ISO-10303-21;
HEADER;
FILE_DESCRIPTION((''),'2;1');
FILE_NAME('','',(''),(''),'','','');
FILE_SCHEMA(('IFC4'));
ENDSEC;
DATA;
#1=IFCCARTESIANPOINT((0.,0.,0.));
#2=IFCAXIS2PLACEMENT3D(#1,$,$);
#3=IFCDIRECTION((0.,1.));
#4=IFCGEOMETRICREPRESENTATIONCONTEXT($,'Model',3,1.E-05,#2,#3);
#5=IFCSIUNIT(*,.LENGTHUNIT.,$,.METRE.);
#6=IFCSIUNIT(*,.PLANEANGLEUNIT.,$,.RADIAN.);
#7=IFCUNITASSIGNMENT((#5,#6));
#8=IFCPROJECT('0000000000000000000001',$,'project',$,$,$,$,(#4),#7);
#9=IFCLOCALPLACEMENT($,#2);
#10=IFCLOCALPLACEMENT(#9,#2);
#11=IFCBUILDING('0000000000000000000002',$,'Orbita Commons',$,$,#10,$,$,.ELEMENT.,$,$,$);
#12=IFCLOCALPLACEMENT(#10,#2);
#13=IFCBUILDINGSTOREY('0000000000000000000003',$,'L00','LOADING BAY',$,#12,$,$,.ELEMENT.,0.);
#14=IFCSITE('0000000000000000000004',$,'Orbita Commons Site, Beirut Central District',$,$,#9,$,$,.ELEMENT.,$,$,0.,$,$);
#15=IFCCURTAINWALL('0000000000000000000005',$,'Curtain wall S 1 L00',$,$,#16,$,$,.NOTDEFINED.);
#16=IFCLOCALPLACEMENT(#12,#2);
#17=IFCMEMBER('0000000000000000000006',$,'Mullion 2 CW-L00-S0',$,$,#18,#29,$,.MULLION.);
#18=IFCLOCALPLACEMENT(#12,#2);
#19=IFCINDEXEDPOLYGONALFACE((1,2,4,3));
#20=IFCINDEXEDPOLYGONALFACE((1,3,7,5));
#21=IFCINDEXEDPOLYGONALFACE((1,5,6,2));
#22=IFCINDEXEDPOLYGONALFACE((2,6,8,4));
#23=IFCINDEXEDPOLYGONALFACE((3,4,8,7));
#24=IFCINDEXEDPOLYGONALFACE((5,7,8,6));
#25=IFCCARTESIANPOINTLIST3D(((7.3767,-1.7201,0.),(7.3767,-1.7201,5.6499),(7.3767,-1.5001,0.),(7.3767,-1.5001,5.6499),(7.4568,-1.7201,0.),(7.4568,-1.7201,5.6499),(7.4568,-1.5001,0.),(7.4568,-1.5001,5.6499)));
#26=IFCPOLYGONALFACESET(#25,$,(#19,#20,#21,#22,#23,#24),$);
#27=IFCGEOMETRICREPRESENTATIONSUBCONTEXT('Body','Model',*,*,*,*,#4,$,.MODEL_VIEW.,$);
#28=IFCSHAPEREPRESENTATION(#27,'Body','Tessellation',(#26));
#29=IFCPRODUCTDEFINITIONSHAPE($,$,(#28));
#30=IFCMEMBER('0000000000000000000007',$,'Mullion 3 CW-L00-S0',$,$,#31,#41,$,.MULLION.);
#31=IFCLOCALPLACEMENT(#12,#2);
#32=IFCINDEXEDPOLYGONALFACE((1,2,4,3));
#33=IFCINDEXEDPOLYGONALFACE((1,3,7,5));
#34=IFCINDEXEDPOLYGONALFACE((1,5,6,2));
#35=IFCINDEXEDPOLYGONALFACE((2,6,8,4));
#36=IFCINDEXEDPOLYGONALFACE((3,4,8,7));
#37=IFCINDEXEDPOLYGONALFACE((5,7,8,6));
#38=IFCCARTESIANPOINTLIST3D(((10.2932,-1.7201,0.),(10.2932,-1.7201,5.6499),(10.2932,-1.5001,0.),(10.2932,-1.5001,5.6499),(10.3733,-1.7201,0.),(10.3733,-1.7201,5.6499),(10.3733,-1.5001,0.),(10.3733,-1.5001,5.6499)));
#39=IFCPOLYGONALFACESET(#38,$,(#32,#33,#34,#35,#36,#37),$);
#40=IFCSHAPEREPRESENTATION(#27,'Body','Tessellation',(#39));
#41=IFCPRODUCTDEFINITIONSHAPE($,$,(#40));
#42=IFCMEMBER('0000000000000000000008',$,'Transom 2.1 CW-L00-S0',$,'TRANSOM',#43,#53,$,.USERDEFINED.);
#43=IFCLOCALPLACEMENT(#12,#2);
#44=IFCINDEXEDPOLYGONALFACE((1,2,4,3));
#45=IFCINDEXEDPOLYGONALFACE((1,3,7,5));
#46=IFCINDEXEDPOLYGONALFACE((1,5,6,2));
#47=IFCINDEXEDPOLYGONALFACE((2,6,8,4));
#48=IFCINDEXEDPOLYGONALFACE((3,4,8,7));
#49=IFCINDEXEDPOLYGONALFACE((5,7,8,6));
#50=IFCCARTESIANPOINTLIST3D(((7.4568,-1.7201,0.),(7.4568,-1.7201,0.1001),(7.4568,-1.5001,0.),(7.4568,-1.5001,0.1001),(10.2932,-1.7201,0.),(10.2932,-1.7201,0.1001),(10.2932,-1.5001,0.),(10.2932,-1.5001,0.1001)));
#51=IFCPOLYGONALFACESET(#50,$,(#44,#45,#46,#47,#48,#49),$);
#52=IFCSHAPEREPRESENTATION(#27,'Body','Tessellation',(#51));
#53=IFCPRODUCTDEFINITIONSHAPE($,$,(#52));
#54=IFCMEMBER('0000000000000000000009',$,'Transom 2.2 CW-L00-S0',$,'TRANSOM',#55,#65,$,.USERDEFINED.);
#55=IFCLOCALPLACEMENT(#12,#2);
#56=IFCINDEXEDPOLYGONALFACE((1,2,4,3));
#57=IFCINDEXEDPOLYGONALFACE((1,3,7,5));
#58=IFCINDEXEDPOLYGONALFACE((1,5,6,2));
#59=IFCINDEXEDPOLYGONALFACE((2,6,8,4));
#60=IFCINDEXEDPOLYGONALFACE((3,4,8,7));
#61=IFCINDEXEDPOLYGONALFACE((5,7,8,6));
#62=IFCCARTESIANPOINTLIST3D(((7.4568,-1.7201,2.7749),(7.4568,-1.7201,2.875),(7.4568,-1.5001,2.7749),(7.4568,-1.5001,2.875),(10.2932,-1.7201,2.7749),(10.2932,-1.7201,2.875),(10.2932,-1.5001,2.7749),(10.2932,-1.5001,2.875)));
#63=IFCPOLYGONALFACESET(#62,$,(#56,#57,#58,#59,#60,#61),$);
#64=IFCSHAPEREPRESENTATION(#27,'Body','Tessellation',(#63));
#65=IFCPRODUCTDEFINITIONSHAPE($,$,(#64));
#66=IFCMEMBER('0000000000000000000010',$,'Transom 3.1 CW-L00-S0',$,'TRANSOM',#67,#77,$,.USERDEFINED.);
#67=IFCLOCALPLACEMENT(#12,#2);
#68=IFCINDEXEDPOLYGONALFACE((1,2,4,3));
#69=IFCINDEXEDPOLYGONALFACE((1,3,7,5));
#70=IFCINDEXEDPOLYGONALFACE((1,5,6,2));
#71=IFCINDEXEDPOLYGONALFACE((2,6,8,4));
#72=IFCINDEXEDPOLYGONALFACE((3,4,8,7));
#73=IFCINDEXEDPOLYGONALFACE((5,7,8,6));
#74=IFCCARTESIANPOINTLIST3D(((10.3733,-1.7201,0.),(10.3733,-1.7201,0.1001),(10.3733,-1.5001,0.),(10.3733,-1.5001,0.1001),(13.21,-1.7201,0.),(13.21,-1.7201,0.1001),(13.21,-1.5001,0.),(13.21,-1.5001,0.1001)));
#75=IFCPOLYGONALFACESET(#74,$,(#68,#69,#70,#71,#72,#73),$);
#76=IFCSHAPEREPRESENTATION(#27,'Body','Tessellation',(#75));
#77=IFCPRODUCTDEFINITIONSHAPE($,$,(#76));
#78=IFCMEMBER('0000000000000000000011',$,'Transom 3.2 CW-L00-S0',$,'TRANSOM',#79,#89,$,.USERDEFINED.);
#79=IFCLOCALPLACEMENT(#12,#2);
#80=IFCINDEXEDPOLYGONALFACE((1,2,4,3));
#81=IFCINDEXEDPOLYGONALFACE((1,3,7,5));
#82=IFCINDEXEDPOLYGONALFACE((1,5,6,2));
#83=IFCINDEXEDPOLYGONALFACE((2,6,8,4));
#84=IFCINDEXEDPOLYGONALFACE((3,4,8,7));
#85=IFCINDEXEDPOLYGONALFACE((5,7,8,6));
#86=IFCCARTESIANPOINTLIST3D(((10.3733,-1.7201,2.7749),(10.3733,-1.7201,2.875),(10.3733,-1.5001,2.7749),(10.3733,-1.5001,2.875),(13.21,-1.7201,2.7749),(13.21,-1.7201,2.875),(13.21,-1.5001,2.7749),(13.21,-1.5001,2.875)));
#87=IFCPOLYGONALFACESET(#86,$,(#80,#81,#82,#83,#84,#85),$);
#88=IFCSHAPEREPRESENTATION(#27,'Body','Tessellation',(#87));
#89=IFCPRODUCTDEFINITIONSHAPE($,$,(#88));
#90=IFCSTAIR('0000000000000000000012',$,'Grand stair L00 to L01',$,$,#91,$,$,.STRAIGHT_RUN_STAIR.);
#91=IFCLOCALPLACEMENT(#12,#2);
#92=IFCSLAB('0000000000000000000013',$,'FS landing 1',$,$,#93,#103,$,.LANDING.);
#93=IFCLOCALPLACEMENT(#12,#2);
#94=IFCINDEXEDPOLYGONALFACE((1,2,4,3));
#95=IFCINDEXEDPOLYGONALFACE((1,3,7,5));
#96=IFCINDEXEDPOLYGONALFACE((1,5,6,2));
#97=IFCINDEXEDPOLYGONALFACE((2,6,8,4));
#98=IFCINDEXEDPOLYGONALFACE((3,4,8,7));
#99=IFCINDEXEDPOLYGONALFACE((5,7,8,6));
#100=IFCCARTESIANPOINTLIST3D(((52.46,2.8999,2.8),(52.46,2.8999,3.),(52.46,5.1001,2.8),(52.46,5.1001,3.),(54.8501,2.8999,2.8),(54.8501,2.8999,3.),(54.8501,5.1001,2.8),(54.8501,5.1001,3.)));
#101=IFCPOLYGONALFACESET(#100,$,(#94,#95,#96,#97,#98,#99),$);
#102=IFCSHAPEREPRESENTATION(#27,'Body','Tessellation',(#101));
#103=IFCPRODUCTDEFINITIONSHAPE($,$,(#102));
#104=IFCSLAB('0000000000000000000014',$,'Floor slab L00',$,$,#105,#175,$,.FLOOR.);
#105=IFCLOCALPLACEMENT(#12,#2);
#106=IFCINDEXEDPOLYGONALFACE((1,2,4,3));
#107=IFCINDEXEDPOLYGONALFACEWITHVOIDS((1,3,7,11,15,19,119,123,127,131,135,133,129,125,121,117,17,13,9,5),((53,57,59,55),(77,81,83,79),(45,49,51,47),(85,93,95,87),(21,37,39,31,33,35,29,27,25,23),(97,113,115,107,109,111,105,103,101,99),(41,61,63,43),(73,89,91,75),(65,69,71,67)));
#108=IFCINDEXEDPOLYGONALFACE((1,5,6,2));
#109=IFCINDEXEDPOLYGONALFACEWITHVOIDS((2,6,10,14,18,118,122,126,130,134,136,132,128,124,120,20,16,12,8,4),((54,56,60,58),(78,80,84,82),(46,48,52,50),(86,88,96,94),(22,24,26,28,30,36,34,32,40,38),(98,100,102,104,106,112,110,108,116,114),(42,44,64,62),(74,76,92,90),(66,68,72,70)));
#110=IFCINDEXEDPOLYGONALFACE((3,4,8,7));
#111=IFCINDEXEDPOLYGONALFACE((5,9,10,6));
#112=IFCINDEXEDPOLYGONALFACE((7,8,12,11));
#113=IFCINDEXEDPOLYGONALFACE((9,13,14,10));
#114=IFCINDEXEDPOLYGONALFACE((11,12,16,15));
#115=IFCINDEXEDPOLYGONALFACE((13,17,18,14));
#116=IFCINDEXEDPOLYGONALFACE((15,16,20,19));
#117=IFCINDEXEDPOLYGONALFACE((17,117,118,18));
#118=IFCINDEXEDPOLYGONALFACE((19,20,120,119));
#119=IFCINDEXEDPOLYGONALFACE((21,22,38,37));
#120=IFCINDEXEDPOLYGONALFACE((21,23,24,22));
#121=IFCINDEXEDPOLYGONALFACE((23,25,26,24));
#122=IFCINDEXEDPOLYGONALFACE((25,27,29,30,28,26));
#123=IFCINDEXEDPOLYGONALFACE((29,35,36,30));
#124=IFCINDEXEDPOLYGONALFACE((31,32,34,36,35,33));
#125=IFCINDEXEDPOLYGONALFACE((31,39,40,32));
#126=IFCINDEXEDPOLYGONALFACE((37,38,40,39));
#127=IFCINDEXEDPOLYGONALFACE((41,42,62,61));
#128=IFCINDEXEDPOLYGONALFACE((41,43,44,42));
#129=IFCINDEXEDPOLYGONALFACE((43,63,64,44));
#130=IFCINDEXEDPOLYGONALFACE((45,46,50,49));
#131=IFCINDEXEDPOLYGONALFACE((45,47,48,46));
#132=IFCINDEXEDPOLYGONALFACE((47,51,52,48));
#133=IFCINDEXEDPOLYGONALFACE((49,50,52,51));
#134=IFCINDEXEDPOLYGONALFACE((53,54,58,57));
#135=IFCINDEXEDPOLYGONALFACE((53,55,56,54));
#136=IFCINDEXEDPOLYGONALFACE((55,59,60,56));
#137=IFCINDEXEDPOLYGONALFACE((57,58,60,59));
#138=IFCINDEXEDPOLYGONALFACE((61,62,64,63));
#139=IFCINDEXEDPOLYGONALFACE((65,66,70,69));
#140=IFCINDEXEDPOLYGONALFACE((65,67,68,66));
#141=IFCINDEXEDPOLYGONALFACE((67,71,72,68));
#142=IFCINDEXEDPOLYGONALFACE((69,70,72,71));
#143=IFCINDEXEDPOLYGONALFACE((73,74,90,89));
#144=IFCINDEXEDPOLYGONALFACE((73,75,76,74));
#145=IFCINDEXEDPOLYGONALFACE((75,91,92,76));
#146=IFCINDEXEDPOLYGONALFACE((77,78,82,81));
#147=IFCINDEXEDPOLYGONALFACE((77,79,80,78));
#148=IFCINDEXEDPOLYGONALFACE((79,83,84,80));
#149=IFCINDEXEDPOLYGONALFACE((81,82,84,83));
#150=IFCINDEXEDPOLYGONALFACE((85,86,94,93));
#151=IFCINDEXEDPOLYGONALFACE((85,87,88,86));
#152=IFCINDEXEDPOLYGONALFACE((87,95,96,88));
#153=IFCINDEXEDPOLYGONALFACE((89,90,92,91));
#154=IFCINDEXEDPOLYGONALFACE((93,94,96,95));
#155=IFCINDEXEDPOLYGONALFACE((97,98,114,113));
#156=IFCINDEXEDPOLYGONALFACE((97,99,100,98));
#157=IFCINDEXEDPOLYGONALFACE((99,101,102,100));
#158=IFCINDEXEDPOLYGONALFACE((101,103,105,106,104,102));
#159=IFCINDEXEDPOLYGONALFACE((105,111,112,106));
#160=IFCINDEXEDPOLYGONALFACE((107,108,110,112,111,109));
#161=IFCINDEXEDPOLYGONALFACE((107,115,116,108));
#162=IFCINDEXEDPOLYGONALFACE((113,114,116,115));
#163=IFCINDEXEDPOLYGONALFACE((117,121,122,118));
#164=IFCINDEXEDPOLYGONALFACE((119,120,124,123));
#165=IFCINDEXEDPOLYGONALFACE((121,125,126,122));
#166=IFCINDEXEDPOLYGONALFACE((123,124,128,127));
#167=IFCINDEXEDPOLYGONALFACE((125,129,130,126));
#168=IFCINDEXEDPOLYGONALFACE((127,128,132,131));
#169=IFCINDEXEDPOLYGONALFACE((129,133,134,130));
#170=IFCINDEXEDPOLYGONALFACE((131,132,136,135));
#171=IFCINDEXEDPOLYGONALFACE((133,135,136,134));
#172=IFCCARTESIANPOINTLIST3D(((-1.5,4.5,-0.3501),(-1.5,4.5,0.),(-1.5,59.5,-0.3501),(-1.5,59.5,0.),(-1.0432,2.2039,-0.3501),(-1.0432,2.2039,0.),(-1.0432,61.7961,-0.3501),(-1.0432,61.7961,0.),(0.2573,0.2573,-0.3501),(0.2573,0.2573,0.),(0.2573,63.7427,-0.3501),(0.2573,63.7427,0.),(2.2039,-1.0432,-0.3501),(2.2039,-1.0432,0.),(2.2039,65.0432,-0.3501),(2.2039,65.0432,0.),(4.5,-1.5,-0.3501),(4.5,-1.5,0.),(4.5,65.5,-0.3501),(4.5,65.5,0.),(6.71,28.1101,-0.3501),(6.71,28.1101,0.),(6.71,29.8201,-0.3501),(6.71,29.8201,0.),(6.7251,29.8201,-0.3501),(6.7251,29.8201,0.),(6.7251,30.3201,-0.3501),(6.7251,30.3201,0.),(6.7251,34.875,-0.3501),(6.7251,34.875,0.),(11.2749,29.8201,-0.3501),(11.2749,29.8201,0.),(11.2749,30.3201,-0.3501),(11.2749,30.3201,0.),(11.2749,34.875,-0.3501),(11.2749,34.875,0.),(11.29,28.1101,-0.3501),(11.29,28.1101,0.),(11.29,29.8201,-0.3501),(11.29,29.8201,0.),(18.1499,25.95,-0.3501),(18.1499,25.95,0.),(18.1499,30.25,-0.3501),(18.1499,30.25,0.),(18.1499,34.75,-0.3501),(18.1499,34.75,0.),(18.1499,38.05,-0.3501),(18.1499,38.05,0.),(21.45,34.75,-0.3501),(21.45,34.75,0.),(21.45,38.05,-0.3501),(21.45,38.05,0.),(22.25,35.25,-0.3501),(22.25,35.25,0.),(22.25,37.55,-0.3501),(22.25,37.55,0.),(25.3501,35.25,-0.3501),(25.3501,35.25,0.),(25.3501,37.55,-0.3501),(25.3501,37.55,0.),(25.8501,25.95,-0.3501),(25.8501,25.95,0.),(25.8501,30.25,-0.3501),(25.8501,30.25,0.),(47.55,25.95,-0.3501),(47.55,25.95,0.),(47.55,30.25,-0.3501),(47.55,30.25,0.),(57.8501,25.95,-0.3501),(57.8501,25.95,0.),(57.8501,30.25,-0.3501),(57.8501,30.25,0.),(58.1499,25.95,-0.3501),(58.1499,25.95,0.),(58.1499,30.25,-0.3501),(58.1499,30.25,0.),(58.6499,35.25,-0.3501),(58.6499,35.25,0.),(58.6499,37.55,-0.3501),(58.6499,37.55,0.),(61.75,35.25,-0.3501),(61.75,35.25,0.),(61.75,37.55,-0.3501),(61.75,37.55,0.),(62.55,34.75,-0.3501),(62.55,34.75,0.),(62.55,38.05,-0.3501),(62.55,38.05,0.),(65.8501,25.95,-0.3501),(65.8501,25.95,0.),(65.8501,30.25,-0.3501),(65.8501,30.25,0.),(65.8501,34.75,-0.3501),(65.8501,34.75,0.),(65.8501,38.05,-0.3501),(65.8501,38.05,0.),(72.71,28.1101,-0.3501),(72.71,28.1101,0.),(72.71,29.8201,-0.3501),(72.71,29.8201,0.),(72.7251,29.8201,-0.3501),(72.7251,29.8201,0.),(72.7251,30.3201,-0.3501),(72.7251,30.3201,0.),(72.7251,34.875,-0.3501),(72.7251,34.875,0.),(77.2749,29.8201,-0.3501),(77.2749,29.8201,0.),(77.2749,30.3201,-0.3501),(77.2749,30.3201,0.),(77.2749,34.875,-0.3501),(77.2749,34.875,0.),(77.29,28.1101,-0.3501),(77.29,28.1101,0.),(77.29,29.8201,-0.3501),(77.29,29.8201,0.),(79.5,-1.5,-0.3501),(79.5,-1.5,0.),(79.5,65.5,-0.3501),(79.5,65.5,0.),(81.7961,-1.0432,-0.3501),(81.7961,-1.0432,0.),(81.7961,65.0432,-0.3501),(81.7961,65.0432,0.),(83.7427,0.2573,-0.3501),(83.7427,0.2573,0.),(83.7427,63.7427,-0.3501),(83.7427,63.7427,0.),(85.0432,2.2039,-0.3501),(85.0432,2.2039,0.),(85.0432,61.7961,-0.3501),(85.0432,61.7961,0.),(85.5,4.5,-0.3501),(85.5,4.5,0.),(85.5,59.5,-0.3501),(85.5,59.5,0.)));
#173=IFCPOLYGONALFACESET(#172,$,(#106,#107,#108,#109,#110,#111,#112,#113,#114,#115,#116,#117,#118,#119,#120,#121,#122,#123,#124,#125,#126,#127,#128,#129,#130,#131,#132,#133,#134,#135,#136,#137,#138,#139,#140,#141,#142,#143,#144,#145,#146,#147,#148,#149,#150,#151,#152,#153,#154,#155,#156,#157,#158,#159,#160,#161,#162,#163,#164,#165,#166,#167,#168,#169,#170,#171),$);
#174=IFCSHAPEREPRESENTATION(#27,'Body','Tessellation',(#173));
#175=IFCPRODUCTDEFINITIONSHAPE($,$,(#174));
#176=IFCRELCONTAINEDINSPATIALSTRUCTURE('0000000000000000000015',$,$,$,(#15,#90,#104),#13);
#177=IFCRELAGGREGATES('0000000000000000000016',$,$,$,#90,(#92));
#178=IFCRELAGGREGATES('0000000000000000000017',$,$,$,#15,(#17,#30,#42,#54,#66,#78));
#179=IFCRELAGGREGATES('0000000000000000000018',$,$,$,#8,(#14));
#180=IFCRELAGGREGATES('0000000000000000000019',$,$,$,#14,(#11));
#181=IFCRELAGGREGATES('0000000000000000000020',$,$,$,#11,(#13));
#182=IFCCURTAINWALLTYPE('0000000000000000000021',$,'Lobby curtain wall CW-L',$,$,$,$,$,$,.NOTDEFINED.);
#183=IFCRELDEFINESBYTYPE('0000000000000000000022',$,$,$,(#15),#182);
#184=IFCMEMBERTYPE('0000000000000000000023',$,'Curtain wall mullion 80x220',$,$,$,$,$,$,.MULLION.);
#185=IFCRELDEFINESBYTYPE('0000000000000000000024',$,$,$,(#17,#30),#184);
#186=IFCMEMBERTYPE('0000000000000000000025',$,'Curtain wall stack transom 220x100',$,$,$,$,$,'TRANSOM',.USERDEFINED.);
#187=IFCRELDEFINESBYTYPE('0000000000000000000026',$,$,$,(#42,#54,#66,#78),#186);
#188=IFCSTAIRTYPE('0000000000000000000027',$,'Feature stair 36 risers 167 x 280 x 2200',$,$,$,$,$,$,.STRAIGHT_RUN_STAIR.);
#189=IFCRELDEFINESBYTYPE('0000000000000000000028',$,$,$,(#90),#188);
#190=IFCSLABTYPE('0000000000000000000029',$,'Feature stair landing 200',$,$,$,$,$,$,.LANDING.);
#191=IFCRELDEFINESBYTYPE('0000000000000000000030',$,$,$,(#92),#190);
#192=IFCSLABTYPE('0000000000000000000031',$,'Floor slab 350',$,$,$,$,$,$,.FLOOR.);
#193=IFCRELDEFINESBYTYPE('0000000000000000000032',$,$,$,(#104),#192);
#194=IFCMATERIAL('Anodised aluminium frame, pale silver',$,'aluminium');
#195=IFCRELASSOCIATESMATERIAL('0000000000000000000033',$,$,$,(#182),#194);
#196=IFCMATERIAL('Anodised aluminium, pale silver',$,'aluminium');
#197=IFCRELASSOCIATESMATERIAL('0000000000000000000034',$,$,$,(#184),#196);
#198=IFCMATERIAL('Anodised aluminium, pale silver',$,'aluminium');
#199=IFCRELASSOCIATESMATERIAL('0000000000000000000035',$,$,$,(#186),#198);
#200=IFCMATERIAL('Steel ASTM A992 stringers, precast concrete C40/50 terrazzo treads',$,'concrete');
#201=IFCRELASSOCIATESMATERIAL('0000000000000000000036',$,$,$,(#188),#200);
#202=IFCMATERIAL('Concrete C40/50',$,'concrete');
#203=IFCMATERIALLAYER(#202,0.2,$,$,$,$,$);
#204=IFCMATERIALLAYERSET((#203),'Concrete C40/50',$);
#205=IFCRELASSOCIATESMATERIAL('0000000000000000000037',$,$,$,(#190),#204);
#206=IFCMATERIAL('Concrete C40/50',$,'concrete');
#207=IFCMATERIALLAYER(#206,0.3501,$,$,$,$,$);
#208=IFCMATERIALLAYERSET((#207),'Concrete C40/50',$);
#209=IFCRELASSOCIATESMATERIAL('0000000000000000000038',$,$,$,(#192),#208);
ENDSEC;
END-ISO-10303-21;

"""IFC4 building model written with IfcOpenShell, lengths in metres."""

from ifc_helpers import new_model, si_unit, direction, frame, origin, origin_2d, place, context, subcontext, project, spatial, polyline, rectangle, outline, extrude, material, layer, layer_set, material_profile, profile_set, type_object, element, aggregate, save


model = new_model("IFC4")

# Units and contexts
model_context = context("Model", 3, precision=1e-05, world=origin(), true_north=direction((0.0, 1.0)))
body_context = subcontext(model_context, "Body", "Model", "MODEL_VIEW")
ifc_project = project(units=[si_unit("LENGTHUNIT", "METRE"), si_unit("PLANEANGLEUNIT", "RADIAN")], contexts=[model_context])

# Site, building, storey
site_placement = place(None, origin())
site = spatial("IfcSite", under=ifc_project, at=site_placement, Name="Orbita Commons Site, Beirut Central District", CompositionType="ELEMENT", RefElevation=0.0)
building_placement = place(site_placement, origin())
building = spatial("IfcBuilding", under=site, at=building_placement, Name="Orbita Commons", CompositionType="ELEMENT")
storey_placement = place(building_placement, origin())
storey = spatial("IfcBuildingStorey", under=building, at=storey_placement, Name="L00", Description="LOADING BAY", CompositionType="ELEMENT", Elevation=0.0)

# Curtain wall, members
ifc_material_1 = material(Name="Anodised aluminium frame, pale silver", Category="aluminium")
curtain_wall_type = type_object("IfcCurtainWallType", Name="Lobby curtain wall CW-L", PredefinedType="NOTDEFINED", material=ifc_material_1)
curtain_wall_placement = place(storey_placement, origin())
curtain_wall = element("IfcCurtainWall", 1, at=curtain_wall_placement, inside=storey, type_object=curtain_wall_type, Name="Curtain wall S 1 L00", PredefinedType="NOTDEFINED")
ifc_material_2 = material(Name="Anodised aluminium, pale silver", Category="aluminium")
ifc_material_profile_1 = material_profile(ifc_material_2, rectangle(XDim=0.0801, YDim=0.22, at=origin_2d()), Name="AL 80x220")
ifc_profile_set_1 = profile_set([ifc_material_profile_1], Name="Anodised aluminium, pale silver")
member_type_1 = type_object("IfcMemberType", Name="Curtain wall mullion 80x220", PredefinedType="MULLION", material=ifc_profile_set_1)
member_1_placement = place(storey_placement, frame((7.4167, -1.6101, 0.0), z_axis=(0.0, 0.0, 1.0), x_axis=(1.0, 0.0, 0.0)))
member_1 = element("IfcMember", 2, at=member_1_placement, type_object=member_type_1, Name="Mullion 2 CW-L00-S0", PredefinedType="MULLION", context=body_context, shape_type="SweptSolid", body=[
    extrude(rectangle(XDim=0.0801, YDim=0.22, at=origin_2d()), origin(), (0.0, 0.0, 1.0), 5.6499),
])
member_2_placement = place(storey_placement, frame((10.3333, -1.6101, 0.0), z_axis=(0.0, 0.0, 1.0), x_axis=(1.0, 0.0, 0.0)))
member_2 = element("IfcMember", 3, at=member_2_placement, type_object=member_type_1, Name="Mullion 3 CW-L00-S0", PredefinedType="MULLION", context=body_context, shape_type="SweptSolid", body=[
    extrude(rectangle(XDim=0.0801, YDim=0.22, at=origin_2d()), origin(), (0.0, 0.0, 1.0), 5.6499),
])
ifc_material_3 = material(Name="Anodised aluminium, pale silver", Category="aluminium")
ifc_material_profile_2 = material_profile(ifc_material_3, rectangle(XDim=0.22, YDim=0.1001, at=origin_2d()), Name="AL 220x100")
ifc_profile_set_2 = profile_set([ifc_material_profile_2], Name="Anodised aluminium, pale silver")
member_type_2 = type_object("IfcMemberType", Name="Curtain wall stack transom 220x100", ElementType="TRANSOM", PredefinedType="USERDEFINED", material=ifc_profile_set_2)
member_3_placement = place(storey_placement, frame((7.4568, -1.6101, 0.05), z_axis=(1.0, 0.0, 0.0), x_axis=(0.0, 1.0, 0.0)))
member_3 = element("IfcMember", 4, at=member_3_placement, type_object=member_type_2, Name="Transom 2.1 CW-L00-S0", ObjectType="TRANSOM", PredefinedType="USERDEFINED", context=body_context, shape_type="SweptSolid", body=[
    extrude(rectangle(XDim=0.22, YDim=0.1001, at=origin_2d()), origin(), (0.0, 0.0, 1.0), 2.8364),
])
member_4_placement = place(storey_placement, frame((7.4568, -1.6101, 2.825), z_axis=(1.0, 0.0, 0.0), x_axis=(0.0, 1.0, 0.0)))
member_4 = element("IfcMember", 5, at=member_4_placement, type_object=member_type_2, Name="Transom 2.2 CW-L00-S0", ObjectType="TRANSOM", PredefinedType="USERDEFINED", context=body_context, shape_type="SweptSolid", body=[
    extrude(rectangle(XDim=0.22, YDim=0.1001, at=origin_2d()), origin(), (0.0, 0.0, 1.0), 2.8364),
])
member_5_placement = place(storey_placement, frame((10.3733, -1.6101, 0.05), z_axis=(1.0, 0.0, 0.0), x_axis=(0.0, 1.0, 0.0)))
member_5 = element("IfcMember", 6, at=member_5_placement, type_object=member_type_2, Name="Transom 3.1 CW-L00-S0", ObjectType="TRANSOM", PredefinedType="USERDEFINED", context=body_context, shape_type="SweptSolid", body=[
    extrude(rectangle(XDim=0.22, YDim=0.1001, at=origin_2d()), origin(), (0.0, 0.0, 1.0), 2.8367),
])
member_6_placement = place(storey_placement, frame((10.3733, -1.6101, 2.825), z_axis=(1.0, 0.0, 0.0), x_axis=(0.0, 1.0, 0.0)))
member_6 = element("IfcMember", 7, at=member_6_placement, type_object=member_type_2, Name="Transom 3.2 CW-L00-S0", ObjectType="TRANSOM", PredefinedType="USERDEFINED", context=body_context, shape_type="SweptSolid", body=[
    extrude(rectangle(XDim=0.22, YDim=0.1001, at=origin_2d()), origin(), (0.0, 0.0, 1.0), 2.8367),
])

# Stair, slab
ifc_material_4 = material(Name="Steel ASTM A992 stringers, precast concrete C40/50 terrazzo treads", Category="concrete")
stair_type_1 = type_object("IfcStairType", Name="Feature stair 36 risers 167 x 280 x 2200", PredefinedType="STRAIGHT_RUN_STAIR", material=ifc_material_4)
stair_1_placement = place(storey_placement, origin())
stair_1 = element("IfcStair", 8, at=stair_1_placement, inside=storey, type_object=stair_type_1, Name="Grand stair L00 to L01", PredefinedType="STRAIGHT_RUN_STAIR")
ifc_material_5 = material(Name="Concrete C40/50", Category="concrete")
ifc_layer_1 = layer(ifc_material_5, 0.2)
ifc_layer_set_1 = layer_set([ifc_layer_1], Name="Concrete C40/50")
slab_type_1 = type_object("IfcSlabType", Name="Feature stair landing 200", PredefinedType="LANDING", material=ifc_layer_set_1)
slab_1_placement = place(storey_placement, frame((0.0, 0.0, 2.8)))
slab_1 = element("IfcSlab", 9, at=slab_1_placement, type_object=slab_type_1, Name="FS landing 1", PredefinedType="LANDING", context=body_context, shape_type="SweptSolid", body=[
    extrude(outline(polyline([(52.46, 2.8999), (54.8501, 2.8999), (54.8501, 5.1001), (52.46, 5.1001), (52.46, 2.8999)])), origin(), (0.0, 0.0, 1.0), 0.2),
])
aggregate(stair_1, [slab_1])

# Slab
ifc_material_6 = material(Name="Concrete C40/50", Category="concrete")
ifc_layer_2 = layer(ifc_material_6, 0.3501)
ifc_layer_set_2 = layer_set([ifc_layer_2], Name="Concrete C40/50")
slab_type_2 = type_object("IfcSlabType", Name="Floor slab 350", PredefinedType="FLOOR", material=ifc_layer_set_2)
slab_2_placement = place(storey_placement, frame((0.0, 0.0, -0.3501)))
element("IfcSlab", 10, at=slab_2_placement, inside=storey, type_object=slab_type_2, Name="Floor slab L00", PredefinedType="FLOOR", context=body_context, shape_type="SweptSolid", body=[
    extrude(outline(polyline([(79.5, -1.5), (81.7961, -1.0432), (83.7427, 0.2573), (85.0432, 2.2039), (85.5, 4.5), (85.5, 59.5), (85.0432, 61.7961), (83.7427, 63.7427), (81.7961, 65.0432), (79.5, 65.5), (4.5, 65.5), (2.2039, 65.0432), (0.2573, 63.7427), (-1.0432, 61.7961), (-1.5, 59.5), (-1.5, 4.5), (-1.0432, 2.2039), (0.2573, 0.2573), (2.2039, -1.0432), (4.5, -1.5), (79.5, -1.5)]), holes=[polyline([(18.1499, 25.95), (25.8501, 25.95), (25.8501, 30.25), (18.1499, 30.25), (18.1499, 25.95)]), polyline([(58.1499, 25.95), (65.8501, 25.95), (65.8501, 30.25), (58.1499, 30.25), (58.1499, 25.95)]), polyline([(18.1499, 34.75), (21.45, 34.75), (21.45, 38.05), (18.1499, 38.05), (18.1499, 34.75)]), polyline([(62.55, 34.75), (65.8501, 34.75), (65.8501, 38.05), (62.55, 38.05), (62.55, 34.75)]), polyline([(22.25, 35.25), (25.3501, 35.25), (25.3501, 37.55), (22.25, 37.55), (22.25, 35.25)]), polyline([(58.6499, 35.25), (61.75, 35.25), (61.75, 37.55), (58.6499, 37.55), (58.6499, 35.25)]), polyline([(47.55, 25.95), (57.8501, 25.95), (57.8501, 30.25), (47.55, 30.25), (47.55, 25.95)]), polyline([(11.29, 28.1101), (6.71, 28.1101), (6.71, 29.8201), (6.7251, 29.8201), (6.7251, 30.3201), (6.7251, 34.875), (11.2749, 34.875), (11.2749, 30.3201), (11.2749, 29.8201), (11.29, 29.8201), (11.29, 28.1101)]), polyline([(77.29, 28.1101), (72.71, 28.1101), (72.71, 29.8201), (72.7251, 29.8201), (72.7251, 30.3201), (72.7251, 34.875), (77.2749, 34.875), (77.2749, 30.3201), (77.2749, 29.8201), (77.29, 29.8201), (77.29, 28.1101)])]), origin(), (0.0, 0.0, 1.0), 0.3501),
])

aggregate(curtain_wall, [member_1, member_2, member_3, member_4, member_5, member_6])

save(model, "model.ifc")
